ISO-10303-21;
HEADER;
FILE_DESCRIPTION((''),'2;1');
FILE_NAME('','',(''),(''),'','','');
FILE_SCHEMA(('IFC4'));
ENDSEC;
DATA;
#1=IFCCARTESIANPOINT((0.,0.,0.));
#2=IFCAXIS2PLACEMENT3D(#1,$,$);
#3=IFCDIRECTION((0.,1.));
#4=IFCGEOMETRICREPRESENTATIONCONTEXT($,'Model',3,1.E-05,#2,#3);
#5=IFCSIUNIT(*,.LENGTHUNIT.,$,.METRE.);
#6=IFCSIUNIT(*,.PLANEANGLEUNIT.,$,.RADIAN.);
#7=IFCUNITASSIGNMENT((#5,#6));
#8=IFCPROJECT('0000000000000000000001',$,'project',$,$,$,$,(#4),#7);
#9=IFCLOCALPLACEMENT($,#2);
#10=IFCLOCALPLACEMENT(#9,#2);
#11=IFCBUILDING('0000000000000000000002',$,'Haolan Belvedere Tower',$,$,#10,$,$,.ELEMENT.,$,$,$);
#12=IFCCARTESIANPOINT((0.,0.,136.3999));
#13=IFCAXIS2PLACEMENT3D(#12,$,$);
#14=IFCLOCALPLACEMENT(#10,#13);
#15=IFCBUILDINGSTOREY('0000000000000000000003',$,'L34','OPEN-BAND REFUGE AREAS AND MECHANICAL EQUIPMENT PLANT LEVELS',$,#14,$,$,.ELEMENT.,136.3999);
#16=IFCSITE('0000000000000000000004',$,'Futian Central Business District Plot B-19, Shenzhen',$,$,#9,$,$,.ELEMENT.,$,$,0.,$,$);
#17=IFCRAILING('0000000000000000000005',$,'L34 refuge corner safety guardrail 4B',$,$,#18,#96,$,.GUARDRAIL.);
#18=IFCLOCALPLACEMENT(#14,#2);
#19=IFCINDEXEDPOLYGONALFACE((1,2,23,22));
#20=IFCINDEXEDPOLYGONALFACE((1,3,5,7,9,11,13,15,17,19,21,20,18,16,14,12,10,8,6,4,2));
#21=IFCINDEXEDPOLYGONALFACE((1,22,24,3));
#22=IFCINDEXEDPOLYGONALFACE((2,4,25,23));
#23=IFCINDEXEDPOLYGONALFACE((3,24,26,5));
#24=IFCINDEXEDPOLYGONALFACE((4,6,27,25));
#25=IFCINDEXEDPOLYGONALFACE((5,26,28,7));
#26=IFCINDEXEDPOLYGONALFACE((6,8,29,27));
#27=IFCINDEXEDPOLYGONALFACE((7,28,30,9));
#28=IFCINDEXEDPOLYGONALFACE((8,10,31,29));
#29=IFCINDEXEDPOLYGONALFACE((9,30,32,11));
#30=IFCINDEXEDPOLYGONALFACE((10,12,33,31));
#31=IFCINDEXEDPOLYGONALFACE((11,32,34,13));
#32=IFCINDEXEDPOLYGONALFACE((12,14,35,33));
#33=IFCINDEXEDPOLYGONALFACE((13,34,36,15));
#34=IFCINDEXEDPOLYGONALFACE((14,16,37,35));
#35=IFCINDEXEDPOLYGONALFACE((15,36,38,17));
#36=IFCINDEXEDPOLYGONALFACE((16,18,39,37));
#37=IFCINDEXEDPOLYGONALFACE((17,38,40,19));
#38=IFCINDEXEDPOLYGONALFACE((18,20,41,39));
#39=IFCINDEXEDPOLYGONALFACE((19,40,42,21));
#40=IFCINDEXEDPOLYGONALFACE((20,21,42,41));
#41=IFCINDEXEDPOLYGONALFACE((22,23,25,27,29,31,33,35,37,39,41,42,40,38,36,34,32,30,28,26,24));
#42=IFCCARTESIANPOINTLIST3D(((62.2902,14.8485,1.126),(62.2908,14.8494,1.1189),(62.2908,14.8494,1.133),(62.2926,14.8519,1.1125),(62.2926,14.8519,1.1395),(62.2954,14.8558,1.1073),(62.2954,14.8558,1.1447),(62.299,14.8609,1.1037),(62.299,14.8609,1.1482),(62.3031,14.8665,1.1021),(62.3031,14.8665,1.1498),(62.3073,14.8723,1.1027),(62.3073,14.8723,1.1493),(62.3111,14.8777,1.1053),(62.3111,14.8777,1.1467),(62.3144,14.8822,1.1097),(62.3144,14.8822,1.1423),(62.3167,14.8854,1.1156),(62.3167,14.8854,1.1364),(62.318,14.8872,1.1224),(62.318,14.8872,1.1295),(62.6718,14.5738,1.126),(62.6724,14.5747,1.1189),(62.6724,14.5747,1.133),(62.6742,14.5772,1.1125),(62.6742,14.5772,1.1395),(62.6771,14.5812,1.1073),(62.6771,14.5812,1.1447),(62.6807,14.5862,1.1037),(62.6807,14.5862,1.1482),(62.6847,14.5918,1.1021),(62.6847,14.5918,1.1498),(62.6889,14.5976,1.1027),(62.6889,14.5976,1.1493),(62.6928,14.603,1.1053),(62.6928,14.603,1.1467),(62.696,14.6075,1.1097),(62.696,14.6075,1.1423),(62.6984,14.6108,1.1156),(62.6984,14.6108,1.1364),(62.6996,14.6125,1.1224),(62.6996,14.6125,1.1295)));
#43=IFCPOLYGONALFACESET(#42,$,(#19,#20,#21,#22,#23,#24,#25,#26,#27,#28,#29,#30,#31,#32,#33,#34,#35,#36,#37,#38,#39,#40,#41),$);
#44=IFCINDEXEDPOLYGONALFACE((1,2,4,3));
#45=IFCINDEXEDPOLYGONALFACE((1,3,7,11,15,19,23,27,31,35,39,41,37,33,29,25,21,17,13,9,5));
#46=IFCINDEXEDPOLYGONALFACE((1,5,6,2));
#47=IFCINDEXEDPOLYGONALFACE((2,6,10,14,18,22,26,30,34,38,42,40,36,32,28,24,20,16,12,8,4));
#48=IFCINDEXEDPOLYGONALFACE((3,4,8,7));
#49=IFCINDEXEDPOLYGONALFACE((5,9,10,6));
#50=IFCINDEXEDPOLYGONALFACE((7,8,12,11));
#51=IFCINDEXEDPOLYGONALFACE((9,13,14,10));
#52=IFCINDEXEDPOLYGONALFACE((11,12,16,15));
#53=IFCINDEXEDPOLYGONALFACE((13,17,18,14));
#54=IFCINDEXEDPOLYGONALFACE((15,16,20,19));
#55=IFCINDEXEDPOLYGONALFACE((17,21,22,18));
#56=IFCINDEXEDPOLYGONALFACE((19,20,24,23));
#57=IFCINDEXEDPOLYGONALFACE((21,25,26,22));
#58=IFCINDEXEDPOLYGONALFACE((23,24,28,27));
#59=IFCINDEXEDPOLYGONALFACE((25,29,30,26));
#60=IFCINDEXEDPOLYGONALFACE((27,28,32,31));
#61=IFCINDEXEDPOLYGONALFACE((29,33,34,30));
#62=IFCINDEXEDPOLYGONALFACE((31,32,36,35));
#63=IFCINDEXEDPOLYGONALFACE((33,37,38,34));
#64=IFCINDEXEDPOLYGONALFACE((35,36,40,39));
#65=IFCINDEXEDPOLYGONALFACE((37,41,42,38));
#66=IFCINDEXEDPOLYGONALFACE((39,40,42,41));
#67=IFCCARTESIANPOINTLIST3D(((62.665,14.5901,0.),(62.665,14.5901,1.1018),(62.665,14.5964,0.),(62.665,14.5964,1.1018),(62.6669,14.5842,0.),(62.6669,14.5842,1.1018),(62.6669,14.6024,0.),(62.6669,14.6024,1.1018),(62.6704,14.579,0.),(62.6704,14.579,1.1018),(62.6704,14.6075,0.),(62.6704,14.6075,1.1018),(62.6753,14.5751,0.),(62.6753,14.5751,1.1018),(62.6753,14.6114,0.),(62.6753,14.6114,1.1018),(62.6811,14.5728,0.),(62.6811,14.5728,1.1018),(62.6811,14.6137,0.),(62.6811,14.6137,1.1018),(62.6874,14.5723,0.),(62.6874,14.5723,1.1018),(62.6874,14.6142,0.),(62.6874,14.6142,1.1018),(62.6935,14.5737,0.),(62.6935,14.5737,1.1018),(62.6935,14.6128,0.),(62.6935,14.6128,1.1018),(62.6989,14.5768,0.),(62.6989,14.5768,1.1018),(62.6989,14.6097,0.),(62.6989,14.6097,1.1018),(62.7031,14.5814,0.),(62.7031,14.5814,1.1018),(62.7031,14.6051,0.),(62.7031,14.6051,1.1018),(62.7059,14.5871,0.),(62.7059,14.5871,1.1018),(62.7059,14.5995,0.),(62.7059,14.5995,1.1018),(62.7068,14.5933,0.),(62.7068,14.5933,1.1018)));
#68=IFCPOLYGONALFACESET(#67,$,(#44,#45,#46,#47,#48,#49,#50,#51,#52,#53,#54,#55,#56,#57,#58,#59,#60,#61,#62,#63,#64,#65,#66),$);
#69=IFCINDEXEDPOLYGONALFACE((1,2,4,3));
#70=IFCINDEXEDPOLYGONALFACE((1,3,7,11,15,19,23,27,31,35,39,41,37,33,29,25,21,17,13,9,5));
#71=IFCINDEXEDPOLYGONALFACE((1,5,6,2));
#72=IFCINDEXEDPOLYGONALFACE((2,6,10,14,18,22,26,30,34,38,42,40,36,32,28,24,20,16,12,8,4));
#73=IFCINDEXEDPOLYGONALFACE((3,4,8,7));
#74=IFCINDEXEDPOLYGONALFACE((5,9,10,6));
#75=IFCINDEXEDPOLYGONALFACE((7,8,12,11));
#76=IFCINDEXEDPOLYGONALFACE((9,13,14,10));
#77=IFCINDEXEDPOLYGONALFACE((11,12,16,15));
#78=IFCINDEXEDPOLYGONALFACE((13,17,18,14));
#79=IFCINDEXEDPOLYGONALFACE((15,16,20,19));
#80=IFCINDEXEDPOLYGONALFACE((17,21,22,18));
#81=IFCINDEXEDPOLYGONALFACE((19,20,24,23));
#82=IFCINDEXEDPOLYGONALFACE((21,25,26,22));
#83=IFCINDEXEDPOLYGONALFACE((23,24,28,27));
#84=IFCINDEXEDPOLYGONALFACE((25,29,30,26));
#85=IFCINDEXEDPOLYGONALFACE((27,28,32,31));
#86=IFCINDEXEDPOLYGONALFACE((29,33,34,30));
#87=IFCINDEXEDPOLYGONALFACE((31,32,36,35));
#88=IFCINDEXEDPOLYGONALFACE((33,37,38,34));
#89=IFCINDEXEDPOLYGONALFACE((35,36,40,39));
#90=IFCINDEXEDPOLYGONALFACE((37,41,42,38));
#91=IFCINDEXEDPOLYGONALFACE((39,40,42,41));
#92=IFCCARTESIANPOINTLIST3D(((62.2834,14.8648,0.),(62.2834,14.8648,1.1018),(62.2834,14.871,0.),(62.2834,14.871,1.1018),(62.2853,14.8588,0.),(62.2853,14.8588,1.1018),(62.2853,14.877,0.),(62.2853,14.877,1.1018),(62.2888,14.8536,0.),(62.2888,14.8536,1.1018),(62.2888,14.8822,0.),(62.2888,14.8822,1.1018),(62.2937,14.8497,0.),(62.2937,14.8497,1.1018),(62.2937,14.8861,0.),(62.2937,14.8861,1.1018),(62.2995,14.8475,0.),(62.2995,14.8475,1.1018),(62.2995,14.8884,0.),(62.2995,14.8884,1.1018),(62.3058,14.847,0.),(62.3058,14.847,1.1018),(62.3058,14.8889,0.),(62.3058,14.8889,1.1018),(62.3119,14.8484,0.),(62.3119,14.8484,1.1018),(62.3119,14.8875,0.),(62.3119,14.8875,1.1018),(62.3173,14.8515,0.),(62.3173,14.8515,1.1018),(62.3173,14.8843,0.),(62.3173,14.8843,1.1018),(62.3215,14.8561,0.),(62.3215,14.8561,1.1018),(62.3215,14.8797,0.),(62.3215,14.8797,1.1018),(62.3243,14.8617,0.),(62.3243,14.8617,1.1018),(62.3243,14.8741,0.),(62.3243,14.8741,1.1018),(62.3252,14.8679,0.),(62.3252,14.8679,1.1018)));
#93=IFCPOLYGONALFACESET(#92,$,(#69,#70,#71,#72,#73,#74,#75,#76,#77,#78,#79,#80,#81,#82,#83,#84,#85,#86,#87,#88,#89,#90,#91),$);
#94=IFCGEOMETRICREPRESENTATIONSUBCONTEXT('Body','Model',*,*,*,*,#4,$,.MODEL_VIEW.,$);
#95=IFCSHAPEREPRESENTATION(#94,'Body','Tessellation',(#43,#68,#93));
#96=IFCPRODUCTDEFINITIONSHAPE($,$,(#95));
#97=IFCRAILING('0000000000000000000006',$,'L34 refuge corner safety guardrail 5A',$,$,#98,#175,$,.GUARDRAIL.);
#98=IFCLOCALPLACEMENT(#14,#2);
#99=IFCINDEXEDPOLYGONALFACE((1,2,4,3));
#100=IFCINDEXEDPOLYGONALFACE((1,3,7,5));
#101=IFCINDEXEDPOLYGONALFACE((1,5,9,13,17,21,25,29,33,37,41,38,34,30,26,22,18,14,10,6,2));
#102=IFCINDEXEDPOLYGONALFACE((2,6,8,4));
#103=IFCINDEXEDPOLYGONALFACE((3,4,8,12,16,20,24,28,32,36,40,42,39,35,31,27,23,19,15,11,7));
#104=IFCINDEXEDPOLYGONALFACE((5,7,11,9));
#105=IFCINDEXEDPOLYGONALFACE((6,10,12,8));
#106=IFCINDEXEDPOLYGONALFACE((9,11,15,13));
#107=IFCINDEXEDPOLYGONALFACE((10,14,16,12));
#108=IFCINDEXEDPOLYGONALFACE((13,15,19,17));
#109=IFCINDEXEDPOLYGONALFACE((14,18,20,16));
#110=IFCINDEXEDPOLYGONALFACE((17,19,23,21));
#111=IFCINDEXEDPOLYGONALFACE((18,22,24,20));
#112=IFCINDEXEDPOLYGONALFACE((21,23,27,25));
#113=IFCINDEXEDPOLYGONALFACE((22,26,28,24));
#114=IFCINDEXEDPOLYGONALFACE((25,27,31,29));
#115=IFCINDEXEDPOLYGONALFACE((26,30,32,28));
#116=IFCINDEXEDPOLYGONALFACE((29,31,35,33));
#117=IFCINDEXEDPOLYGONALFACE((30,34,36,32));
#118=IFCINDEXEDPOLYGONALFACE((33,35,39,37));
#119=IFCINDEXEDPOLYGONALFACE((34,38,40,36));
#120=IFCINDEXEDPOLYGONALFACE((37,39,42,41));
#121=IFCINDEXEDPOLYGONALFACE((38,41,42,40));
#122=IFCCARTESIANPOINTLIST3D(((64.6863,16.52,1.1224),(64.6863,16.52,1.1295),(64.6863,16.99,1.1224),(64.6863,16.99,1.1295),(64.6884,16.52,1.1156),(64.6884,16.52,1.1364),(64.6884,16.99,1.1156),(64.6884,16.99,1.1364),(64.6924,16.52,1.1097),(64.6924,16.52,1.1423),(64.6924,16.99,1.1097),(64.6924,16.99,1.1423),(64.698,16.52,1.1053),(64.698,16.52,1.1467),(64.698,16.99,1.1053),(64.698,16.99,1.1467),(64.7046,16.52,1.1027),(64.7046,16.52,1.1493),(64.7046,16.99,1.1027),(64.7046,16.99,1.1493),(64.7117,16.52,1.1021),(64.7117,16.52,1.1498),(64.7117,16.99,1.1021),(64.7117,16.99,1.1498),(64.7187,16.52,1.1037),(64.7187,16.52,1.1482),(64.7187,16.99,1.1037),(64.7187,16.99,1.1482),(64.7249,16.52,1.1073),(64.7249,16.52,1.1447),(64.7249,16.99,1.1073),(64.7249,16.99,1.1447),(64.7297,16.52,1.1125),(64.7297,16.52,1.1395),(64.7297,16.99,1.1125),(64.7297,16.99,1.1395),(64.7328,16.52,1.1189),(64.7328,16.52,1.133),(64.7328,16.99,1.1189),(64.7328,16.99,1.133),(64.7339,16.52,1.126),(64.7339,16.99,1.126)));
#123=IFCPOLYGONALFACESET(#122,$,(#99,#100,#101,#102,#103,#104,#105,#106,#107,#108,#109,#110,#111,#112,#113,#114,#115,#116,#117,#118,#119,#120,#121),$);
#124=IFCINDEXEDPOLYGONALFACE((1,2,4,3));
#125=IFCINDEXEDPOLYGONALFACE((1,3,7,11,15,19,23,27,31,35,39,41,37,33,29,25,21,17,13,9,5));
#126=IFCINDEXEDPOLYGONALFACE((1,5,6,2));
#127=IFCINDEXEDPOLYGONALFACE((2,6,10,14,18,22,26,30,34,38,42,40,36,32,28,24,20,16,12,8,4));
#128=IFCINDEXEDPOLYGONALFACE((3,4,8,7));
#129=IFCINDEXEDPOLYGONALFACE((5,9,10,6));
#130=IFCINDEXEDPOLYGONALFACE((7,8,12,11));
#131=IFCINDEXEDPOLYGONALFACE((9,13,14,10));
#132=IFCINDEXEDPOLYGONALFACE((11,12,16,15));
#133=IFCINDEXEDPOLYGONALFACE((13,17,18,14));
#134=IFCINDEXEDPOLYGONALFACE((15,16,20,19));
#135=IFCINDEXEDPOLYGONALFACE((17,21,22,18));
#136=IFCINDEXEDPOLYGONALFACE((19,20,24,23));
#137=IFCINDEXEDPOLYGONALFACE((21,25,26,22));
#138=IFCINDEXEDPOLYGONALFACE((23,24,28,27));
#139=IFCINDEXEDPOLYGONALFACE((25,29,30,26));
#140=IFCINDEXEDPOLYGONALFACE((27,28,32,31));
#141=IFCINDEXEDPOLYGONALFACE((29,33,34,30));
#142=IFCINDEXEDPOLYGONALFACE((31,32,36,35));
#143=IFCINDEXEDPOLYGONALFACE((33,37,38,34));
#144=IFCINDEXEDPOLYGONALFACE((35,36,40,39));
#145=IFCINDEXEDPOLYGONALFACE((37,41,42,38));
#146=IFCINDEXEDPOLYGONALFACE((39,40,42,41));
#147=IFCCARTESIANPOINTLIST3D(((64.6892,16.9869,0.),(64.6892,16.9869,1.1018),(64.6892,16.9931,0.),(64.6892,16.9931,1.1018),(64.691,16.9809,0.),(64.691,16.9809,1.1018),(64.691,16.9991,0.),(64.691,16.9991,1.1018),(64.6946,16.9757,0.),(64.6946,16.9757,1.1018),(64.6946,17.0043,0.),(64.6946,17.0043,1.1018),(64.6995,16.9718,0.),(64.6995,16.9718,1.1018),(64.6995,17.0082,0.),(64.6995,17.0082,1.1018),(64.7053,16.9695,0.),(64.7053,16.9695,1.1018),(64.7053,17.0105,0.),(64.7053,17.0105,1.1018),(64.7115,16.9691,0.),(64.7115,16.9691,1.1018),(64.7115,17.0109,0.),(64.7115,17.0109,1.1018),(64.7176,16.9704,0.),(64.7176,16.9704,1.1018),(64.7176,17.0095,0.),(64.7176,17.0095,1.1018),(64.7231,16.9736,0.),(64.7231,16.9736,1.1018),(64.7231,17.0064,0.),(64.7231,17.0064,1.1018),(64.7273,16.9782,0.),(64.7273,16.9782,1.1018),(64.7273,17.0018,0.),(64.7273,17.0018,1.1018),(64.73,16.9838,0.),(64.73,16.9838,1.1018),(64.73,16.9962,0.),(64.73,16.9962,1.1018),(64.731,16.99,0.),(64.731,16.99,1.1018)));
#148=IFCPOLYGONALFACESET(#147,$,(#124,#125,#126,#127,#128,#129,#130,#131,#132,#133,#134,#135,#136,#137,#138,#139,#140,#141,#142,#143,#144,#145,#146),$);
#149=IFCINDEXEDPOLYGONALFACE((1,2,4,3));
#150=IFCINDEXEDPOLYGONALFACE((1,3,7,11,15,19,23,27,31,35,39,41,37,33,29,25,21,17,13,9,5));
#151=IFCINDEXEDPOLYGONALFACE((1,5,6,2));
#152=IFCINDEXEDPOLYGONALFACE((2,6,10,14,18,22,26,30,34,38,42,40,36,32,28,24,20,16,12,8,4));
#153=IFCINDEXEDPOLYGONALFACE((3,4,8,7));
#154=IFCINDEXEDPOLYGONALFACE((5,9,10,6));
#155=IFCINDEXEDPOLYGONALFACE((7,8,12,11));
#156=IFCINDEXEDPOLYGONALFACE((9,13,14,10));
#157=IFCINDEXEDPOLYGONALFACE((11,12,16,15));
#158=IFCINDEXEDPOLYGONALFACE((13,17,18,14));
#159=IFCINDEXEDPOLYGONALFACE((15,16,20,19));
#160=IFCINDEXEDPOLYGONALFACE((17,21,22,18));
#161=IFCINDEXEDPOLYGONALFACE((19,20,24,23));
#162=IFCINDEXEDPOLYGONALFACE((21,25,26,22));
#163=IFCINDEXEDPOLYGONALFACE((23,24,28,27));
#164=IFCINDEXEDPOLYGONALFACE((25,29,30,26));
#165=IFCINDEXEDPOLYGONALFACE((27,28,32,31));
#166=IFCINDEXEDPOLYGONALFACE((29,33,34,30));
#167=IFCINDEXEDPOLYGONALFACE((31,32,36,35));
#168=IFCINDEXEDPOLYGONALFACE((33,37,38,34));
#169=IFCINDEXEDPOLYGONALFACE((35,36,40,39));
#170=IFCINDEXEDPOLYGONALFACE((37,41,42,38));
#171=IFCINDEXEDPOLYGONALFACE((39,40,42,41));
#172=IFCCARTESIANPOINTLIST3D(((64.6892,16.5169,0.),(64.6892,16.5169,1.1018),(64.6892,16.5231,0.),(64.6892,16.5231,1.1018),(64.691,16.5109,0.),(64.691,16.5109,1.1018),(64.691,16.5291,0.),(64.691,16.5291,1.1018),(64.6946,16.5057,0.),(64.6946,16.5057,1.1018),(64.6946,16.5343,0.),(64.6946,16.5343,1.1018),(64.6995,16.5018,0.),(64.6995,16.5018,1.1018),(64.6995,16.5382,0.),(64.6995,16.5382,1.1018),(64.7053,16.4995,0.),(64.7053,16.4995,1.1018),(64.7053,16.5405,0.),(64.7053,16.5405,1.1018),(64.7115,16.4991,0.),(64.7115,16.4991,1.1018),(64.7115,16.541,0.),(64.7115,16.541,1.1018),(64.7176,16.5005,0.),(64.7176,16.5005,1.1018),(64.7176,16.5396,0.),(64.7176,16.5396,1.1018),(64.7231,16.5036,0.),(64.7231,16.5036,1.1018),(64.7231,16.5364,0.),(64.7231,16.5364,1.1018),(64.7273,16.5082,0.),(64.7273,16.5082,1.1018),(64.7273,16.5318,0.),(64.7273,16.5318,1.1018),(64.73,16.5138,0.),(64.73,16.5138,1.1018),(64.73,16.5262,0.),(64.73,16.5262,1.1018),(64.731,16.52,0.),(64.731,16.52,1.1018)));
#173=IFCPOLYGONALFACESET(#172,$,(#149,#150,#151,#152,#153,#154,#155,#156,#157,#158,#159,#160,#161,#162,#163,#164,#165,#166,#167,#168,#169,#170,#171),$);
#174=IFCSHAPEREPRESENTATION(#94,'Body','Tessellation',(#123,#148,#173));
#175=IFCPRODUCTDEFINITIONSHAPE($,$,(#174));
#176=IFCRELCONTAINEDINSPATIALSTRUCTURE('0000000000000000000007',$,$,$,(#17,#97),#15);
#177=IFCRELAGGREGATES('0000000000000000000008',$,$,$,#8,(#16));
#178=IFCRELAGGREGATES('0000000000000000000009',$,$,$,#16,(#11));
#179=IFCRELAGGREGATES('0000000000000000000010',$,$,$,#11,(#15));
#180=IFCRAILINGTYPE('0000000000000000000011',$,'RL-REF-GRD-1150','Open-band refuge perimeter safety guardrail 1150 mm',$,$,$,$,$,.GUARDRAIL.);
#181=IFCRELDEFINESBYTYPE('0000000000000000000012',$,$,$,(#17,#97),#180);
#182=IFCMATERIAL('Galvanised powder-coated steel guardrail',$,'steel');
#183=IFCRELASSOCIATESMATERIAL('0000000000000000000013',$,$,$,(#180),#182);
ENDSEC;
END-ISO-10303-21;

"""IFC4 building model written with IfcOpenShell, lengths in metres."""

from ifc_helpers import new_model, si_unit, direction, frame, origin, origin_2d, place, context, subcontext, project, spatial, circle, extrude, material, type_object, element, save


model = new_model("IFC4")

# Units and contexts
model_context = context("Model", 3, precision=1e-05, world=origin(), true_north=direction((0.0, 1.0)))
body_context = subcontext(model_context, "Body", "Model", "MODEL_VIEW")
ifc_project = project(units=[si_unit("LENGTHUNIT", "METRE"), si_unit("PLANEANGLEUNIT", "RADIAN")], contexts=[model_context])

# Site, building, storey
site_placement = place(None, origin())
site = spatial("IfcSite", under=ifc_project, at=site_placement, Name="Futian Central Business District Plot B-19, Shenzhen", CompositionType="ELEMENT", RefElevation=0.0)
building_placement = place(site_placement, origin())
building = spatial("IfcBuilding", under=site, at=building_placement, Name="Haolan Belvedere Tower", CompositionType="ELEMENT")
storey_placement = place(building_placement, frame((0.0, 0.0, 136.3999)))
storey = spatial("IfcBuildingStorey", under=building, at=storey_placement, Name="L34", Description="OPEN-BAND REFUGE AREAS AND MECHANICAL EQUIPMENT PLANT LEVELS", CompositionType="ELEMENT", Elevation=136.3999)

# Railings
ifc_material_1 = material(Name="Galvanised powder-coated steel guardrail", Category="steel")
railing_type = type_object("IfcRailingType", Name="RL-REF-GRD-1150", Description="Open-band refuge perimeter safety guardrail 1150 mm", PredefinedType="GUARDRAIL", material=ifc_material_1)
railing_1_placement = place(storey_placement, frame((62.6858, 14.5933, 0.0)))
element("IfcRailing", 1, at=railing_1_placement, inside=storey, type_object=railing_type, Name="L34 refuge corner safety guardrail 4B", PredefinedType="GUARDRAIL", context=body_context, shape_type="SweptSolid", body=[
    extrude(circle(Radius=0.0239, at=origin_2d()), frame((0.0, 0.0, 1.126), z_axis=(-0.811623, 0.584182, 0.0), x_axis=(-0.584182, -0.811623, 0.0)), (0.0, 0.0, 1.0), 0.4702),
    extrude(circle(Radius=0.021, at=origin_2d()), origin(), (0.0, 0.0, 1.0), 1.1018),
    extrude(circle(Radius=0.021, at=origin_2d()), frame((-0.3816, 0.2747, 0.0)), (0.0, 0.0, 1.0), 1.1018),
])
railing_2_placement = place(storey_placement, frame((64.71, 16.99, 0.0)))
element("IfcRailing", 2, at=railing_2_placement, inside=storey, type_object=railing_type, Name="L34 refuge corner safety guardrail 5A", PredefinedType="GUARDRAIL", context=body_context, shape_type="SweptSolid", body=[
    extrude(circle(Radius=0.0239, at=origin_2d()), frame((0.0, 0.0, 1.126), z_axis=(0.0, -1.0, 0.0), x_axis=(1.0, 0.0, 0.0)), (0.0, 0.0, 1.0), 0.47),
    extrude(circle(Radius=0.021, at=origin_2d()), origin(), (0.0, 0.0, 1.0), 1.1018),
    extrude(circle(Radius=0.021, at=origin_2d()), frame((0.0, -0.47, 0.0)), (0.0, 0.0, 1.0), 1.1018),
])

save(model, "model.ifc")
